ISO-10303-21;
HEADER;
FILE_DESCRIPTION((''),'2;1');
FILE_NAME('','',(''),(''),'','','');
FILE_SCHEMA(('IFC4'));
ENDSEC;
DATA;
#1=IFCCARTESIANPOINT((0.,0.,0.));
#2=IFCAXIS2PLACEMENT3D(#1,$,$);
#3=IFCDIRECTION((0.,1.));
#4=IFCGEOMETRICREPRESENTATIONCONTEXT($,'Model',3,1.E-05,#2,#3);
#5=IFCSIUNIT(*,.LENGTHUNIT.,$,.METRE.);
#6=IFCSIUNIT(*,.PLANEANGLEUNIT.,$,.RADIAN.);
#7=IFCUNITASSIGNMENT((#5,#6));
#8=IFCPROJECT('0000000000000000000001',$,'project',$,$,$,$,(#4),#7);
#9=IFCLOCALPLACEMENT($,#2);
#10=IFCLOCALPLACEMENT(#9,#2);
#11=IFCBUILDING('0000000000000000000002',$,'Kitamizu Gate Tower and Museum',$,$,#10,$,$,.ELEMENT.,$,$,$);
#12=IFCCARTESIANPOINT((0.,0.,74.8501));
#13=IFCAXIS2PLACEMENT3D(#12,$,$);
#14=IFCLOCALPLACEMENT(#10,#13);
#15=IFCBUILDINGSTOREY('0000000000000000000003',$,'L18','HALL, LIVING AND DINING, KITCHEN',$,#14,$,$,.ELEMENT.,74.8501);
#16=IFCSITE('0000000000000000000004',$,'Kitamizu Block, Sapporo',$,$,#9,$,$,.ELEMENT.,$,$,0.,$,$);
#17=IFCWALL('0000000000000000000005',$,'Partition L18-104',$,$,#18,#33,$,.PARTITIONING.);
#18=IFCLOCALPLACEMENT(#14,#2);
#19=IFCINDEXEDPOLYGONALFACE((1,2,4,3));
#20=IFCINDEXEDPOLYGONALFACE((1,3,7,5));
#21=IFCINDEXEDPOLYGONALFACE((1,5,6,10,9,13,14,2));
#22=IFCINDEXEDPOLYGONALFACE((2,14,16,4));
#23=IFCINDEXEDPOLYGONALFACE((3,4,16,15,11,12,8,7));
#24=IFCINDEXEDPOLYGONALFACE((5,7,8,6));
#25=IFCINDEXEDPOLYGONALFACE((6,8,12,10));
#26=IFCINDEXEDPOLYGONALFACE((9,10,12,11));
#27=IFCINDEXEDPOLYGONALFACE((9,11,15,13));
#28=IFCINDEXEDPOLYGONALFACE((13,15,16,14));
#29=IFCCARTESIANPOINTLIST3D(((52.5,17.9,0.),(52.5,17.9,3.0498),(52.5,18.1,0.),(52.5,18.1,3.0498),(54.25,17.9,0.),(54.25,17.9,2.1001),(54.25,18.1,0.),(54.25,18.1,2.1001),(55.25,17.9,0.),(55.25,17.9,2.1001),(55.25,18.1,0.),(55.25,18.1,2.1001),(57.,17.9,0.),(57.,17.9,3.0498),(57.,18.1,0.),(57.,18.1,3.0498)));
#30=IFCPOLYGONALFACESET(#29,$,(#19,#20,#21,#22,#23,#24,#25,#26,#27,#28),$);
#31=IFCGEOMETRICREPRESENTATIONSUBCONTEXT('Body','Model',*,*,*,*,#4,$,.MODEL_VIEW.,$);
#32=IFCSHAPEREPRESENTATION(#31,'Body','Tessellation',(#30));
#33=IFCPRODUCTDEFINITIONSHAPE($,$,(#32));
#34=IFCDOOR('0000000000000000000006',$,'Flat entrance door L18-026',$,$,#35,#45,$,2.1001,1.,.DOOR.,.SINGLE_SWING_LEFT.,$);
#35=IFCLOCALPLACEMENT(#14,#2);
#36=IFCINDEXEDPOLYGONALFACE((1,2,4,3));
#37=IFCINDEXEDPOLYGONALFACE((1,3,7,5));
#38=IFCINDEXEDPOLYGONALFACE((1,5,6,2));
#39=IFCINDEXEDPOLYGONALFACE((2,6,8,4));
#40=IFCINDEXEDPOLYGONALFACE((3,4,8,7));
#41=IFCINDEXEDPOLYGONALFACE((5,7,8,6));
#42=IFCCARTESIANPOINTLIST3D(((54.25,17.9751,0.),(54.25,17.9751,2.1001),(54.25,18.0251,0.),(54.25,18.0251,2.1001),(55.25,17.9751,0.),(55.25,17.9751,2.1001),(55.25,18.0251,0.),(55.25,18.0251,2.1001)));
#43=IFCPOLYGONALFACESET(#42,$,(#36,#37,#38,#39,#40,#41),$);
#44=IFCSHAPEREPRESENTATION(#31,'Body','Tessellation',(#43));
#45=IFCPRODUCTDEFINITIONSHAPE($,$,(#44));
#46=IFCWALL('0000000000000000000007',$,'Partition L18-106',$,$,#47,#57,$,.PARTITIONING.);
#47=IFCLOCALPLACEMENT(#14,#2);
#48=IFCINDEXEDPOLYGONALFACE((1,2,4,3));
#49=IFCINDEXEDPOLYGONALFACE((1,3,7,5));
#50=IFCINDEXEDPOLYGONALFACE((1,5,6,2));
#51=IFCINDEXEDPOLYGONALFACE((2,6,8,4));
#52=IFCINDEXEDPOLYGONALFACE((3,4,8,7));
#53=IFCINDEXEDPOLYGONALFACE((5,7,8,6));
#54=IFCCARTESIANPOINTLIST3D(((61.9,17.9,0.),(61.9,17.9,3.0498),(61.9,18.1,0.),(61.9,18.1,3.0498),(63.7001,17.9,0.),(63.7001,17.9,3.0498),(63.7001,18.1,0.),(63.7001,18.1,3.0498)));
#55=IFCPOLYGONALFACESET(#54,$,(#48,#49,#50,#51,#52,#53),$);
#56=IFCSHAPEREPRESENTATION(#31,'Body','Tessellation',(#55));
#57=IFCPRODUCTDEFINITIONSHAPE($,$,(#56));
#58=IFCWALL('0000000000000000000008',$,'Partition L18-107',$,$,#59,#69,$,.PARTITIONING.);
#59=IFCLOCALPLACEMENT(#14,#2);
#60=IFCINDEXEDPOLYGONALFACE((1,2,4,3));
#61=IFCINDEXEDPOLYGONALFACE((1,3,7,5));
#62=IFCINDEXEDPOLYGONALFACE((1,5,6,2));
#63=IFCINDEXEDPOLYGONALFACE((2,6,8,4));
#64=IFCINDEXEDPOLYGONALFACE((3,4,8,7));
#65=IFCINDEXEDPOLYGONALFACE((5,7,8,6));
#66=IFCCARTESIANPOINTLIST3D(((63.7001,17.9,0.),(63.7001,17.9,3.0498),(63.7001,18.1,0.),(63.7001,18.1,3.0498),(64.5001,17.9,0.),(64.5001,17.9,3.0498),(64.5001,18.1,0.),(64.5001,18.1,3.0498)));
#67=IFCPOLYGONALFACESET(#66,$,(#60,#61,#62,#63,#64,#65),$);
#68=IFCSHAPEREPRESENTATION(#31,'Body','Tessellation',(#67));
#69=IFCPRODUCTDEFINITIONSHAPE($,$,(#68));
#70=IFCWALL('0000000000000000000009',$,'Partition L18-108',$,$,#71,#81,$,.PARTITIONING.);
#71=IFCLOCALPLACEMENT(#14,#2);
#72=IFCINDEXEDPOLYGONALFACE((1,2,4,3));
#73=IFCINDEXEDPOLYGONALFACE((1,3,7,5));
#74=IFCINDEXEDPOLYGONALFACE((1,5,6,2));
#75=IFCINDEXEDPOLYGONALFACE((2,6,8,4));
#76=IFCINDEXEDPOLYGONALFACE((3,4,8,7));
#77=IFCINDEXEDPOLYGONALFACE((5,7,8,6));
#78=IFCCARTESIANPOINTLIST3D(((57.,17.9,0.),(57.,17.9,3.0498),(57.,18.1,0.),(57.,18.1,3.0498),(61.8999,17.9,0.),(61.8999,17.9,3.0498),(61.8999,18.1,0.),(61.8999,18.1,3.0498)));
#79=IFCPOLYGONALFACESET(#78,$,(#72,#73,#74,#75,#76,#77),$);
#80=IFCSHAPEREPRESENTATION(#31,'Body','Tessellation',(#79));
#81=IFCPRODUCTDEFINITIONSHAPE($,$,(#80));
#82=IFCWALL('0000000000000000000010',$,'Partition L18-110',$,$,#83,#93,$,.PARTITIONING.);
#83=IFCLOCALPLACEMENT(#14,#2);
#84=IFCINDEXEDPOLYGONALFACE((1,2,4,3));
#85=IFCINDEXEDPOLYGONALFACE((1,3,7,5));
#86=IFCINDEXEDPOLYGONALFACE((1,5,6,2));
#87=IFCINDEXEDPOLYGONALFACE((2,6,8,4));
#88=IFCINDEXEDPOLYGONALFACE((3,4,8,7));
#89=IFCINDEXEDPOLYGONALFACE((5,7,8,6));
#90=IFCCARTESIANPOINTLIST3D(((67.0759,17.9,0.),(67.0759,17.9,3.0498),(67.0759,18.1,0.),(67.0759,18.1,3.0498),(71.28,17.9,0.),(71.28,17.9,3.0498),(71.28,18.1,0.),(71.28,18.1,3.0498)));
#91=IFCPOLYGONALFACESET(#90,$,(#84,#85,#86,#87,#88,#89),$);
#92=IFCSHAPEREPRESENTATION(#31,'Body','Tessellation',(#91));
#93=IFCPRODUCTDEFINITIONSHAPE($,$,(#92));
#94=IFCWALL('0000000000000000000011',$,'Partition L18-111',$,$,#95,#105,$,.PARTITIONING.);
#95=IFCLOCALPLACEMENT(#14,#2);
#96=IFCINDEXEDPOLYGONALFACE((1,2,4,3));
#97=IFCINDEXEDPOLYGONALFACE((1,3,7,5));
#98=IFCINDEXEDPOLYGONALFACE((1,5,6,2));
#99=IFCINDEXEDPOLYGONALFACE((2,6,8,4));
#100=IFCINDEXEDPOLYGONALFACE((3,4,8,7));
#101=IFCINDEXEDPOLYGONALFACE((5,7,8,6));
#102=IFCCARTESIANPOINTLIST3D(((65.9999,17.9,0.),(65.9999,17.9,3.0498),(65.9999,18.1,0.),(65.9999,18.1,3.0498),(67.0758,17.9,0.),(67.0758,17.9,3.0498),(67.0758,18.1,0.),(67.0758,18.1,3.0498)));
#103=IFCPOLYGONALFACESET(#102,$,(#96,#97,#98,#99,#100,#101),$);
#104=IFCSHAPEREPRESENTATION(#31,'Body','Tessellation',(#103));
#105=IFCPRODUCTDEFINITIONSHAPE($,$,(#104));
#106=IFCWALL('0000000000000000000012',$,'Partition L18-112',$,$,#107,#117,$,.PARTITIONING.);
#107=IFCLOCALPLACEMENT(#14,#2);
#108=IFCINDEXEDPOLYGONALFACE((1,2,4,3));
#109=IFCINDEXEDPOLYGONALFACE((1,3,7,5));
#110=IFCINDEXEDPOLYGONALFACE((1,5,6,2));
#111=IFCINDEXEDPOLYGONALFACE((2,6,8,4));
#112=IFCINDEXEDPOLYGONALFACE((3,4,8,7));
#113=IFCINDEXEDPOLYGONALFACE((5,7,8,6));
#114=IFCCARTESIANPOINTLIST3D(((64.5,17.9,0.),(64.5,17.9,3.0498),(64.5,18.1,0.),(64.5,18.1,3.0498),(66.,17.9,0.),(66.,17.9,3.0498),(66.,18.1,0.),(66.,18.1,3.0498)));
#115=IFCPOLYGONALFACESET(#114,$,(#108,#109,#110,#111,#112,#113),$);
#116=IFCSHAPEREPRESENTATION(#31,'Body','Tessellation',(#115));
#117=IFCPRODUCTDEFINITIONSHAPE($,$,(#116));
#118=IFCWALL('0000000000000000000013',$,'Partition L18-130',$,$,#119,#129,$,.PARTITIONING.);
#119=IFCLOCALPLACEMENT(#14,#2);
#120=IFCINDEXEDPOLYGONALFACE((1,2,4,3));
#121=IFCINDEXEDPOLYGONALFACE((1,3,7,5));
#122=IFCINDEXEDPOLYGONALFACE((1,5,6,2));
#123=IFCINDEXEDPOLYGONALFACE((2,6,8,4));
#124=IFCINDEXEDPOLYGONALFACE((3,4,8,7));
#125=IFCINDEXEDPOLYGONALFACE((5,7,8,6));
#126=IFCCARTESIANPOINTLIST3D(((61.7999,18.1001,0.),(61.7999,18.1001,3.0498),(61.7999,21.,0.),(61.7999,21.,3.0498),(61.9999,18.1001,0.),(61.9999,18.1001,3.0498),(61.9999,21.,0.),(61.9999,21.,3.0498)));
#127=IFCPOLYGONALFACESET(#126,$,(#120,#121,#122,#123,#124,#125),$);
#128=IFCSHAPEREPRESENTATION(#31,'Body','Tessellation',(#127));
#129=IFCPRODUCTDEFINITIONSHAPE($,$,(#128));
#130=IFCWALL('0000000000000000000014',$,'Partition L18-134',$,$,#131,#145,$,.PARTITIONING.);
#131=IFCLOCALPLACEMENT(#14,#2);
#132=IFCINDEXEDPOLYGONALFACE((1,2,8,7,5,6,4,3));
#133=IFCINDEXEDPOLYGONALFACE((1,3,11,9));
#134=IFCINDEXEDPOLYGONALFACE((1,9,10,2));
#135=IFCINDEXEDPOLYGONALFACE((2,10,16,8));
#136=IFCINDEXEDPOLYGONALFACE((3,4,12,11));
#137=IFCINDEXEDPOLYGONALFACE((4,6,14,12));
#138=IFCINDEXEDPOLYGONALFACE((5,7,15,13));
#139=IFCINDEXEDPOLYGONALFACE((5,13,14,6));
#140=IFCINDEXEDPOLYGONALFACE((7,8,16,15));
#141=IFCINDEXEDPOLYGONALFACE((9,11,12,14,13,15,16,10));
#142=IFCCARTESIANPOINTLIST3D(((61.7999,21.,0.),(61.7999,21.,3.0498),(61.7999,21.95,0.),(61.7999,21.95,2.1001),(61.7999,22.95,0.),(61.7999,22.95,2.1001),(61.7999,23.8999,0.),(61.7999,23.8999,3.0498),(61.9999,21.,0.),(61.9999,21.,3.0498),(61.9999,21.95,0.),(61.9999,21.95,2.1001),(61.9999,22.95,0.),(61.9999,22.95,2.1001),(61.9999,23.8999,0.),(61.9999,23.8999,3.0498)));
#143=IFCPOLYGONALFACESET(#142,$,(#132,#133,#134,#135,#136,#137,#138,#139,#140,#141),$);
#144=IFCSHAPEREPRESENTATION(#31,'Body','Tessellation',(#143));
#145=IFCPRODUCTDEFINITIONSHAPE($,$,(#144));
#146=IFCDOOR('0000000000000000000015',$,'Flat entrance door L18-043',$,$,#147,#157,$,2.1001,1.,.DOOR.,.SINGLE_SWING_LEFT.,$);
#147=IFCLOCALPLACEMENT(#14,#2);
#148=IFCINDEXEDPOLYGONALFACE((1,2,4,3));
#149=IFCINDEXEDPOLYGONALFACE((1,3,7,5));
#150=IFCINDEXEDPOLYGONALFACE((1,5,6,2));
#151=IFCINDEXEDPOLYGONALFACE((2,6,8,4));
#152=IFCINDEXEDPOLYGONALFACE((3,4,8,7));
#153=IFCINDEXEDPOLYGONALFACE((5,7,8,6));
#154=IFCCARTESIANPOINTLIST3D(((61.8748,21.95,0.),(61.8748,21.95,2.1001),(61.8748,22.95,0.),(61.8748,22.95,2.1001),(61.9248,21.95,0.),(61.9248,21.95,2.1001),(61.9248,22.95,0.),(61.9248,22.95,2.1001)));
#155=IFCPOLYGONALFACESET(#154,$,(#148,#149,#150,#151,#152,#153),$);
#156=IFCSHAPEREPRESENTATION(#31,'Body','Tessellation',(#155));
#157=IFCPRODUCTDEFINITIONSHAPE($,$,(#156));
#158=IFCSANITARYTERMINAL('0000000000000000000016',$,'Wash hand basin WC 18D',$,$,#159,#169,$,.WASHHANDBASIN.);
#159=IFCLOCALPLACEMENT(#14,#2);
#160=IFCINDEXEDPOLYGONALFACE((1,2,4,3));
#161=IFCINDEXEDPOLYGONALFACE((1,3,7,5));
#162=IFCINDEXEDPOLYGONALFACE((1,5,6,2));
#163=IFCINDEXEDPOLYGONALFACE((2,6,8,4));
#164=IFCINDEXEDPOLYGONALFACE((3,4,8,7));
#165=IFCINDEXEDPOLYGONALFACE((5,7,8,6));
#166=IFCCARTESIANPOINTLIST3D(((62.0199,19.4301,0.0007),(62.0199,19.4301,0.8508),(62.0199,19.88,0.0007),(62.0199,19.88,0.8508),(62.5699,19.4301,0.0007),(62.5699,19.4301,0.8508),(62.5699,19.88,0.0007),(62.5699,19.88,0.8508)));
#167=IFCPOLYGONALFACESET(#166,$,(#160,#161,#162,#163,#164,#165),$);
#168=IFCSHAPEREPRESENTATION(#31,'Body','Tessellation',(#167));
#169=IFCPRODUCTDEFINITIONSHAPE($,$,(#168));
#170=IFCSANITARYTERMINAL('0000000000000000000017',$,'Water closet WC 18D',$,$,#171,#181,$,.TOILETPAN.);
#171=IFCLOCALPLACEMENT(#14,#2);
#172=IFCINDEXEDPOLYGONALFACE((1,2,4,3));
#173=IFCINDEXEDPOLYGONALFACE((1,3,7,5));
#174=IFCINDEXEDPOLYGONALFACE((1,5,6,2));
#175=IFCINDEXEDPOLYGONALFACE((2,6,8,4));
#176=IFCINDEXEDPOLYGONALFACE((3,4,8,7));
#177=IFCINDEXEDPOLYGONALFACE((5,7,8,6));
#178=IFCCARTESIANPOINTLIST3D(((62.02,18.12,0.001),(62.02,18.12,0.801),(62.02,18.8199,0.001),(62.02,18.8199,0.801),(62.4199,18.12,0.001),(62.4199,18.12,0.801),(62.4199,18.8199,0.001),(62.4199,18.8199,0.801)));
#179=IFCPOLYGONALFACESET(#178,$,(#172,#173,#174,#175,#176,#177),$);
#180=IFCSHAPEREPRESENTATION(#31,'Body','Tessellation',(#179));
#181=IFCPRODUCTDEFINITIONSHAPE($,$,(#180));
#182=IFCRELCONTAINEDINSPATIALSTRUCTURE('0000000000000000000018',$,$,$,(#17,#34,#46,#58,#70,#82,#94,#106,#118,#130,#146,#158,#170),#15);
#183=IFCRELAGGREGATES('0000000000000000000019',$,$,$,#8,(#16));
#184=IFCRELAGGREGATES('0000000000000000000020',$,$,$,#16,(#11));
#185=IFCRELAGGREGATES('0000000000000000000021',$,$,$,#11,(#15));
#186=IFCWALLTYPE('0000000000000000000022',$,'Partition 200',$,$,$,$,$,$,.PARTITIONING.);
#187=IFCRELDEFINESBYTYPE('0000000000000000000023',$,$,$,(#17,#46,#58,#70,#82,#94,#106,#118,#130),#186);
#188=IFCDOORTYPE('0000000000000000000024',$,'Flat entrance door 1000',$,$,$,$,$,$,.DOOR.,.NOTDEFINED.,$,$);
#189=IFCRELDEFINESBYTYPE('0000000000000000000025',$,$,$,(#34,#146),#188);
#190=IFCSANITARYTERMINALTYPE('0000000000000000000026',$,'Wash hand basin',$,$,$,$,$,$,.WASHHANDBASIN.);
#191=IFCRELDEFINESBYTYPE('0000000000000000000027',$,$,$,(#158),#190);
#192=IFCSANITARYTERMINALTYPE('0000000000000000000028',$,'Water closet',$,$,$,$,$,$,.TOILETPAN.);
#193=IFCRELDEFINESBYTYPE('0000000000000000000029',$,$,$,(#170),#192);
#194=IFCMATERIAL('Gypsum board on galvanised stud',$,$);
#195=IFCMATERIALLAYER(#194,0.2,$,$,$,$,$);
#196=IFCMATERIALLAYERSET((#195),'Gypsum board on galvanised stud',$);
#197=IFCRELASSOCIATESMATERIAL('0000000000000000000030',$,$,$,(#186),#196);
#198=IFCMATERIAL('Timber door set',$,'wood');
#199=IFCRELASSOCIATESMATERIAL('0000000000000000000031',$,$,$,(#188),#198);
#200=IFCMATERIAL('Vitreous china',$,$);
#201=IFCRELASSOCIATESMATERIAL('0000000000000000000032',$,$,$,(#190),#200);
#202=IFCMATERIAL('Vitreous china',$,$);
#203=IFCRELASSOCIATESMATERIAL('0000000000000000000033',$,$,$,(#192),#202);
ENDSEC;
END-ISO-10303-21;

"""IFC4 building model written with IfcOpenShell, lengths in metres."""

from ifc_helpers import new_model, si_unit, direction, frame, frame_2d, origin, origin_2d, place, context, subcontext, project, spatial, rectangle, extrude, material, layer, layer_set, type_object, element, fill, save


model = new_model("IFC4")

# Units and contexts
model_context = context("Model", 3, precision=1e-05, world=origin(), true_north=direction((0.0, 1.0)))
body_context = subcontext(model_context, "Body", "Model", "MODEL_VIEW")
ifc_project = project(units=[si_unit("LENGTHUNIT", "METRE"), si_unit("PLANEANGLEUNIT", "RADIAN")], contexts=[model_context])

# Site, building, storey
site_placement = place(None, origin())
site = spatial("IfcSite", under=ifc_project, at=site_placement, Name="Kitamizu Block, Sapporo", CompositionType="ELEMENT", RefElevation=0.0)
building_placement = place(site_placement, origin())
building = spatial("IfcBuilding", under=site, at=building_placement, Name="Kitamizu Gate Tower and Museum", CompositionType="ELEMENT")
storey_placement = place(building_placement, frame((0.0, 0.0, 74.8501)))
storey = spatial("IfcBuildingStorey", under=building, at=storey_placement, Name="L18", Description="HALL, LIVING AND DINING, KITCHEN", CompositionType="ELEMENT", Elevation=74.8501)

# Wall, opening, door
ifc_material_1 = material(Name="Gypsum board on galvanised stud")
ifc_layer_1 = layer(ifc_material_1, 0.2)
ifc_layer_set_1 = layer_set([ifc_layer_1], Name="Gypsum board on galvanised stud")
wall_type_1 = type_object("IfcWallType", Name="Partition 200", PredefinedType="PARTITIONING", material=ifc_layer_set_1)
wall_1_placement = place(storey_placement, frame((57.0, 18.0, 0.0), z_axis=(0.0, 0.0, 1.0), x_axis=(-1.0, 0.0, 0.0)))
wall_1 = element("IfcWall", 1, at=wall_1_placement, inside=storey, type_object=wall_type_1, Name="Partition L18-104", PredefinedType="PARTITIONING", context=body_context, shape_type="SweptSolid", body=[
    extrude(rectangle(XDim=4.5, YDim=0.2, at=frame_2d((2.25, 0.0))), origin(), (0.0, 0.0, 1.0), 3.0498),
])
opening_1_placement = place(wall_1_placement, frame((1.75, 0.0, 0.0)))
opening_1 = element("IfcOpeningElement", 2, at=opening_1_placement, cuts=wall_1, PredefinedType="OPENING", context=body_context, shape_type="SweptSolid", body=[
    extrude(rectangle(XDim=1.0, YDim=2.1001, at=frame_2d((0.5, 1.05))), frame((0.0, 0.1099, 0.0), z_axis=(0.0, -1.0, 0.0), x_axis=(1.0, 0.0, 0.0)), (0.0, 0.0, 1.0), 0.22),
])
ifc_material_2 = material(Name="Timber door set", Category="wood")
door_type_1 = type_object("IfcDoorType", Name="Flat entrance door 1000", OperationType="NOTDEFINED", PredefinedType="DOOR", material=ifc_material_2)
door_1_placement = place(opening_1_placement, origin())
door_1 = element("IfcDoor", 3, at=door_1_placement, inside=storey, type_object=door_type_1, Name="Flat entrance door L18-026", OperationType="SINGLE_SWING_LEFT", OverallHeight=2.1001, OverallWidth=1.0, PredefinedType="DOOR", context=body_context, shape_type="SweptSolid", body=[
    extrude(rectangle(XDim=1.0, YDim=2.1001, at=frame_2d((0.5, 1.05))), frame((0.0, 0.0249, 0.0), z_axis=(0.0, -1.0, 0.0), x_axis=(1.0, 0.0, 0.0)), (0.0, 0.0, 1.0), 0.05),
])
fill(opening_1, door_1)

# Walls
wall_2_placement = place(storey_placement, frame((63.7, 18.0, 0.0), z_axis=(0.0, 0.0, 1.0), x_axis=(-1.0, 0.0, 0.0)))
element("IfcWall", 4, at=wall_2_placement, inside=storey, type_object=wall_type_1, Name="Partition L18-106", PredefinedType="PARTITIONING", context=body_context, shape_type="SweptSolid", body=[
    extrude(rectangle(XDim=1.8, YDim=0.2, at=frame_2d((0.8999, 0.0))), origin(), (0.0, 0.0, 1.0), 3.0498),
])
wall_3_placement = place(storey_placement, frame((64.5, 18.0, 0.0), z_axis=(0.0, 0.0, 1.0), x_axis=(-1.0, 0.0, 0.0)))
element("IfcWall", 5, at=wall_3_placement, inside=storey, type_object=wall_type_1, Name="Partition L18-107", PredefinedType="PARTITIONING", context=body_context, shape_type="SweptSolid", body=[
    extrude(rectangle(XDim=0.8, YDim=0.2, at=frame_2d((0.3999, 0.0))), origin(), (0.0, 0.0, 1.0), 3.0498),
])
wall_4_placement = place(storey_placement, frame((61.8999, 18.0, 0.0), z_axis=(0.0, 0.0, 1.0), x_axis=(-1.0, 0.0, 0.0)))
element("IfcWall", 6, at=wall_4_placement, inside=storey, type_object=wall_type_1, Name="Partition L18-108", PredefinedType="PARTITIONING", context=body_context, shape_type="SweptSolid", body=[
    extrude(rectangle(XDim=4.8999, YDim=0.2, at=frame_2d((2.45, 0.0))), origin(), (0.0, 0.0, 1.0), 3.0498),
])
wall_5_placement = place(storey_placement, frame((71.28, 18.0, 0.0), z_axis=(0.0, 0.0, 1.0), x_axis=(-1.0, 0.0, 0.0)))
element("IfcWall", 7, at=wall_5_placement, inside=storey, type_object=wall_type_1, Name="Partition L18-110", PredefinedType="PARTITIONING", context=body_context, shape_type="SweptSolid", body=[
    extrude(rectangle(XDim=4.2041, YDim=0.2, at=frame_2d((2.1021, 0.0))), origin(), (0.0, 0.0, 1.0), 3.0498),
])
wall_6_placement = place(storey_placement, frame((67.0759, 18.0, 0.0), z_axis=(0.0, 0.0, 1.0), x_axis=(-1.0, 0.0, 0.0)))
element("IfcWall", 8, at=wall_6_placement, inside=storey, type_object=wall_type_1, Name="Partition L18-111", PredefinedType="PARTITIONING", context=body_context, shape_type="SweptSolid", body=[
    extrude(rectangle(XDim=1.0759, YDim=0.2, at=frame_2d((0.5381, 0.0))), origin(), (0.0, 0.0, 1.0), 3.0498),
])
wall_7_placement = place(storey_placement, frame((66.0, 18.0, 0.0), z_axis=(0.0, 0.0, 1.0), x_axis=(-1.0, 0.0, 0.0)))
element("IfcWall", 9, at=wall_7_placement, inside=storey, type_object=wall_type_1, Name="Partition L18-112", PredefinedType="PARTITIONING", context=body_context, shape_type="SweptSolid", body=[
    extrude(rectangle(XDim=1.5, YDim=0.2, at=frame_2d((0.75, 0.0))), origin(), (0.0, 0.0, 1.0), 3.0498),
])
wall_8_placement = place(storey_placement, frame((61.8999, 21.0, 0.0), z_axis=(0.0, 0.0, 1.0), x_axis=(0.0, -1.0, 0.0)))
element("IfcWall", 10, at=wall_8_placement, inside=storey, type_object=wall_type_1, Name="Partition L18-130", PredefinedType="PARTITIONING", context=body_context, shape_type="SweptSolid", body=[
    extrude(rectangle(XDim=2.8999, YDim=0.2, at=frame_2d((1.45, 0.0))), origin(), (0.0, 0.0, 1.0), 3.0498),
])

# Wall, opening, door
wall_9_placement = place(storey_placement, frame((61.8999, 23.8999, 0.0), z_axis=(0.0, 0.0, 1.0), x_axis=(0.0, -1.0, 0.0)))
wall_9 = element("IfcWall", 11, at=wall_9_placement, inside=storey, type_object=wall_type_1, Name="Partition L18-134", PredefinedType="PARTITIONING", context=body_context, shape_type="SweptSolid", body=[
    extrude(rectangle(XDim=2.8999, YDim=0.2, at=frame_2d((1.45, 0.0))), origin(), (0.0, 0.0, 1.0), 3.0498),
])
opening_2_placement = place(wall_9_placement, frame((0.95, 0.0, 0.0)))
opening_2 = element("IfcOpeningElement", 12, at=opening_2_placement, cuts=wall_9, PredefinedType="OPENING", context=body_context, shape_type="SweptSolid", body=[
    extrude(rectangle(XDim=1.0, YDim=2.1001, at=frame_2d((0.5, 1.05))), frame((0.0, 0.1099, 0.0), z_axis=(0.0, -1.0, 0.0), x_axis=(1.0, 0.0, 0.0)), (0.0, 0.0, 1.0), 0.22),
])
door_2_placement = place(opening_2_placement, origin())
door_2 = element("IfcDoor", 13, at=door_2_placement, inside=storey, type_object=door_type_1, Name="Flat entrance door L18-043", OperationType="SINGLE_SWING_LEFT", OverallHeight=2.1001, OverallWidth=1.0, PredefinedType="DOOR", context=body_context, shape_type="SweptSolid", body=[
    extrude(rectangle(XDim=1.0, YDim=2.1001, at=frame_2d((0.5, 1.05))), frame((0.0, 0.0249, 0.0), z_axis=(0.0, -1.0, 0.0), x_axis=(1.0, 0.0, 0.0)), (0.0, 0.0, 1.0), 0.05),
])
fill(opening_2, door_2)

# Sanitary terminals
ifc_material_3 = material(Name="Vitreous china")
sanitary_terminal_type_1 = type_object("IfcSanitaryTerminalType", Name="Wash hand basin", PredefinedType="WASHHANDBASIN", material=ifc_material_3)
sanitary_terminal_1_placement = place(storey_placement, frame((62.2949, 19.655, 0.0007), z_axis=(0.0, 0.0, 1.0), x_axis=(1.0, 0.0, 0.0)))
element("IfcSanitaryTerminal", 14, at=sanitary_terminal_1_placement, inside=storey, type_object=sanitary_terminal_type_1, Name="Wash hand basin WC 18D", PredefinedType="WASHHANDBASIN", context=body_context, shape_type="SweptSolid", body=[
    extrude(rectangle(XDim=0.55, YDim=0.45, at=origin_2d()), origin(), (0.0, 0.0, 1.0), 0.8501),
])
ifc_material_4 = material(Name="Vitreous china")
sanitary_terminal_type_2 = type_object("IfcSanitaryTerminalType", Name="Water closet", PredefinedType="TOILETPAN", material=ifc_material_4)
sanitary_terminal_2_placement = place(storey_placement, frame((62.22, 18.47, 0.001), z_axis=(0.0, 0.0, 1.0), x_axis=(1.0, 0.0, 0.0)))
element("IfcSanitaryTerminal", 15, at=sanitary_terminal_2_placement, inside=storey, type_object=sanitary_terminal_type_2, Name="Water closet WC 18D", PredefinedType="TOILETPAN", context=body_context, shape_type="SweptSolid", body=[
    extrude(rectangle(XDim=0.3999, YDim=0.7, at=origin_2d()), origin(), (0.0, 0.0, 1.0), 0.8),
])

save(model, "model.ifc")
